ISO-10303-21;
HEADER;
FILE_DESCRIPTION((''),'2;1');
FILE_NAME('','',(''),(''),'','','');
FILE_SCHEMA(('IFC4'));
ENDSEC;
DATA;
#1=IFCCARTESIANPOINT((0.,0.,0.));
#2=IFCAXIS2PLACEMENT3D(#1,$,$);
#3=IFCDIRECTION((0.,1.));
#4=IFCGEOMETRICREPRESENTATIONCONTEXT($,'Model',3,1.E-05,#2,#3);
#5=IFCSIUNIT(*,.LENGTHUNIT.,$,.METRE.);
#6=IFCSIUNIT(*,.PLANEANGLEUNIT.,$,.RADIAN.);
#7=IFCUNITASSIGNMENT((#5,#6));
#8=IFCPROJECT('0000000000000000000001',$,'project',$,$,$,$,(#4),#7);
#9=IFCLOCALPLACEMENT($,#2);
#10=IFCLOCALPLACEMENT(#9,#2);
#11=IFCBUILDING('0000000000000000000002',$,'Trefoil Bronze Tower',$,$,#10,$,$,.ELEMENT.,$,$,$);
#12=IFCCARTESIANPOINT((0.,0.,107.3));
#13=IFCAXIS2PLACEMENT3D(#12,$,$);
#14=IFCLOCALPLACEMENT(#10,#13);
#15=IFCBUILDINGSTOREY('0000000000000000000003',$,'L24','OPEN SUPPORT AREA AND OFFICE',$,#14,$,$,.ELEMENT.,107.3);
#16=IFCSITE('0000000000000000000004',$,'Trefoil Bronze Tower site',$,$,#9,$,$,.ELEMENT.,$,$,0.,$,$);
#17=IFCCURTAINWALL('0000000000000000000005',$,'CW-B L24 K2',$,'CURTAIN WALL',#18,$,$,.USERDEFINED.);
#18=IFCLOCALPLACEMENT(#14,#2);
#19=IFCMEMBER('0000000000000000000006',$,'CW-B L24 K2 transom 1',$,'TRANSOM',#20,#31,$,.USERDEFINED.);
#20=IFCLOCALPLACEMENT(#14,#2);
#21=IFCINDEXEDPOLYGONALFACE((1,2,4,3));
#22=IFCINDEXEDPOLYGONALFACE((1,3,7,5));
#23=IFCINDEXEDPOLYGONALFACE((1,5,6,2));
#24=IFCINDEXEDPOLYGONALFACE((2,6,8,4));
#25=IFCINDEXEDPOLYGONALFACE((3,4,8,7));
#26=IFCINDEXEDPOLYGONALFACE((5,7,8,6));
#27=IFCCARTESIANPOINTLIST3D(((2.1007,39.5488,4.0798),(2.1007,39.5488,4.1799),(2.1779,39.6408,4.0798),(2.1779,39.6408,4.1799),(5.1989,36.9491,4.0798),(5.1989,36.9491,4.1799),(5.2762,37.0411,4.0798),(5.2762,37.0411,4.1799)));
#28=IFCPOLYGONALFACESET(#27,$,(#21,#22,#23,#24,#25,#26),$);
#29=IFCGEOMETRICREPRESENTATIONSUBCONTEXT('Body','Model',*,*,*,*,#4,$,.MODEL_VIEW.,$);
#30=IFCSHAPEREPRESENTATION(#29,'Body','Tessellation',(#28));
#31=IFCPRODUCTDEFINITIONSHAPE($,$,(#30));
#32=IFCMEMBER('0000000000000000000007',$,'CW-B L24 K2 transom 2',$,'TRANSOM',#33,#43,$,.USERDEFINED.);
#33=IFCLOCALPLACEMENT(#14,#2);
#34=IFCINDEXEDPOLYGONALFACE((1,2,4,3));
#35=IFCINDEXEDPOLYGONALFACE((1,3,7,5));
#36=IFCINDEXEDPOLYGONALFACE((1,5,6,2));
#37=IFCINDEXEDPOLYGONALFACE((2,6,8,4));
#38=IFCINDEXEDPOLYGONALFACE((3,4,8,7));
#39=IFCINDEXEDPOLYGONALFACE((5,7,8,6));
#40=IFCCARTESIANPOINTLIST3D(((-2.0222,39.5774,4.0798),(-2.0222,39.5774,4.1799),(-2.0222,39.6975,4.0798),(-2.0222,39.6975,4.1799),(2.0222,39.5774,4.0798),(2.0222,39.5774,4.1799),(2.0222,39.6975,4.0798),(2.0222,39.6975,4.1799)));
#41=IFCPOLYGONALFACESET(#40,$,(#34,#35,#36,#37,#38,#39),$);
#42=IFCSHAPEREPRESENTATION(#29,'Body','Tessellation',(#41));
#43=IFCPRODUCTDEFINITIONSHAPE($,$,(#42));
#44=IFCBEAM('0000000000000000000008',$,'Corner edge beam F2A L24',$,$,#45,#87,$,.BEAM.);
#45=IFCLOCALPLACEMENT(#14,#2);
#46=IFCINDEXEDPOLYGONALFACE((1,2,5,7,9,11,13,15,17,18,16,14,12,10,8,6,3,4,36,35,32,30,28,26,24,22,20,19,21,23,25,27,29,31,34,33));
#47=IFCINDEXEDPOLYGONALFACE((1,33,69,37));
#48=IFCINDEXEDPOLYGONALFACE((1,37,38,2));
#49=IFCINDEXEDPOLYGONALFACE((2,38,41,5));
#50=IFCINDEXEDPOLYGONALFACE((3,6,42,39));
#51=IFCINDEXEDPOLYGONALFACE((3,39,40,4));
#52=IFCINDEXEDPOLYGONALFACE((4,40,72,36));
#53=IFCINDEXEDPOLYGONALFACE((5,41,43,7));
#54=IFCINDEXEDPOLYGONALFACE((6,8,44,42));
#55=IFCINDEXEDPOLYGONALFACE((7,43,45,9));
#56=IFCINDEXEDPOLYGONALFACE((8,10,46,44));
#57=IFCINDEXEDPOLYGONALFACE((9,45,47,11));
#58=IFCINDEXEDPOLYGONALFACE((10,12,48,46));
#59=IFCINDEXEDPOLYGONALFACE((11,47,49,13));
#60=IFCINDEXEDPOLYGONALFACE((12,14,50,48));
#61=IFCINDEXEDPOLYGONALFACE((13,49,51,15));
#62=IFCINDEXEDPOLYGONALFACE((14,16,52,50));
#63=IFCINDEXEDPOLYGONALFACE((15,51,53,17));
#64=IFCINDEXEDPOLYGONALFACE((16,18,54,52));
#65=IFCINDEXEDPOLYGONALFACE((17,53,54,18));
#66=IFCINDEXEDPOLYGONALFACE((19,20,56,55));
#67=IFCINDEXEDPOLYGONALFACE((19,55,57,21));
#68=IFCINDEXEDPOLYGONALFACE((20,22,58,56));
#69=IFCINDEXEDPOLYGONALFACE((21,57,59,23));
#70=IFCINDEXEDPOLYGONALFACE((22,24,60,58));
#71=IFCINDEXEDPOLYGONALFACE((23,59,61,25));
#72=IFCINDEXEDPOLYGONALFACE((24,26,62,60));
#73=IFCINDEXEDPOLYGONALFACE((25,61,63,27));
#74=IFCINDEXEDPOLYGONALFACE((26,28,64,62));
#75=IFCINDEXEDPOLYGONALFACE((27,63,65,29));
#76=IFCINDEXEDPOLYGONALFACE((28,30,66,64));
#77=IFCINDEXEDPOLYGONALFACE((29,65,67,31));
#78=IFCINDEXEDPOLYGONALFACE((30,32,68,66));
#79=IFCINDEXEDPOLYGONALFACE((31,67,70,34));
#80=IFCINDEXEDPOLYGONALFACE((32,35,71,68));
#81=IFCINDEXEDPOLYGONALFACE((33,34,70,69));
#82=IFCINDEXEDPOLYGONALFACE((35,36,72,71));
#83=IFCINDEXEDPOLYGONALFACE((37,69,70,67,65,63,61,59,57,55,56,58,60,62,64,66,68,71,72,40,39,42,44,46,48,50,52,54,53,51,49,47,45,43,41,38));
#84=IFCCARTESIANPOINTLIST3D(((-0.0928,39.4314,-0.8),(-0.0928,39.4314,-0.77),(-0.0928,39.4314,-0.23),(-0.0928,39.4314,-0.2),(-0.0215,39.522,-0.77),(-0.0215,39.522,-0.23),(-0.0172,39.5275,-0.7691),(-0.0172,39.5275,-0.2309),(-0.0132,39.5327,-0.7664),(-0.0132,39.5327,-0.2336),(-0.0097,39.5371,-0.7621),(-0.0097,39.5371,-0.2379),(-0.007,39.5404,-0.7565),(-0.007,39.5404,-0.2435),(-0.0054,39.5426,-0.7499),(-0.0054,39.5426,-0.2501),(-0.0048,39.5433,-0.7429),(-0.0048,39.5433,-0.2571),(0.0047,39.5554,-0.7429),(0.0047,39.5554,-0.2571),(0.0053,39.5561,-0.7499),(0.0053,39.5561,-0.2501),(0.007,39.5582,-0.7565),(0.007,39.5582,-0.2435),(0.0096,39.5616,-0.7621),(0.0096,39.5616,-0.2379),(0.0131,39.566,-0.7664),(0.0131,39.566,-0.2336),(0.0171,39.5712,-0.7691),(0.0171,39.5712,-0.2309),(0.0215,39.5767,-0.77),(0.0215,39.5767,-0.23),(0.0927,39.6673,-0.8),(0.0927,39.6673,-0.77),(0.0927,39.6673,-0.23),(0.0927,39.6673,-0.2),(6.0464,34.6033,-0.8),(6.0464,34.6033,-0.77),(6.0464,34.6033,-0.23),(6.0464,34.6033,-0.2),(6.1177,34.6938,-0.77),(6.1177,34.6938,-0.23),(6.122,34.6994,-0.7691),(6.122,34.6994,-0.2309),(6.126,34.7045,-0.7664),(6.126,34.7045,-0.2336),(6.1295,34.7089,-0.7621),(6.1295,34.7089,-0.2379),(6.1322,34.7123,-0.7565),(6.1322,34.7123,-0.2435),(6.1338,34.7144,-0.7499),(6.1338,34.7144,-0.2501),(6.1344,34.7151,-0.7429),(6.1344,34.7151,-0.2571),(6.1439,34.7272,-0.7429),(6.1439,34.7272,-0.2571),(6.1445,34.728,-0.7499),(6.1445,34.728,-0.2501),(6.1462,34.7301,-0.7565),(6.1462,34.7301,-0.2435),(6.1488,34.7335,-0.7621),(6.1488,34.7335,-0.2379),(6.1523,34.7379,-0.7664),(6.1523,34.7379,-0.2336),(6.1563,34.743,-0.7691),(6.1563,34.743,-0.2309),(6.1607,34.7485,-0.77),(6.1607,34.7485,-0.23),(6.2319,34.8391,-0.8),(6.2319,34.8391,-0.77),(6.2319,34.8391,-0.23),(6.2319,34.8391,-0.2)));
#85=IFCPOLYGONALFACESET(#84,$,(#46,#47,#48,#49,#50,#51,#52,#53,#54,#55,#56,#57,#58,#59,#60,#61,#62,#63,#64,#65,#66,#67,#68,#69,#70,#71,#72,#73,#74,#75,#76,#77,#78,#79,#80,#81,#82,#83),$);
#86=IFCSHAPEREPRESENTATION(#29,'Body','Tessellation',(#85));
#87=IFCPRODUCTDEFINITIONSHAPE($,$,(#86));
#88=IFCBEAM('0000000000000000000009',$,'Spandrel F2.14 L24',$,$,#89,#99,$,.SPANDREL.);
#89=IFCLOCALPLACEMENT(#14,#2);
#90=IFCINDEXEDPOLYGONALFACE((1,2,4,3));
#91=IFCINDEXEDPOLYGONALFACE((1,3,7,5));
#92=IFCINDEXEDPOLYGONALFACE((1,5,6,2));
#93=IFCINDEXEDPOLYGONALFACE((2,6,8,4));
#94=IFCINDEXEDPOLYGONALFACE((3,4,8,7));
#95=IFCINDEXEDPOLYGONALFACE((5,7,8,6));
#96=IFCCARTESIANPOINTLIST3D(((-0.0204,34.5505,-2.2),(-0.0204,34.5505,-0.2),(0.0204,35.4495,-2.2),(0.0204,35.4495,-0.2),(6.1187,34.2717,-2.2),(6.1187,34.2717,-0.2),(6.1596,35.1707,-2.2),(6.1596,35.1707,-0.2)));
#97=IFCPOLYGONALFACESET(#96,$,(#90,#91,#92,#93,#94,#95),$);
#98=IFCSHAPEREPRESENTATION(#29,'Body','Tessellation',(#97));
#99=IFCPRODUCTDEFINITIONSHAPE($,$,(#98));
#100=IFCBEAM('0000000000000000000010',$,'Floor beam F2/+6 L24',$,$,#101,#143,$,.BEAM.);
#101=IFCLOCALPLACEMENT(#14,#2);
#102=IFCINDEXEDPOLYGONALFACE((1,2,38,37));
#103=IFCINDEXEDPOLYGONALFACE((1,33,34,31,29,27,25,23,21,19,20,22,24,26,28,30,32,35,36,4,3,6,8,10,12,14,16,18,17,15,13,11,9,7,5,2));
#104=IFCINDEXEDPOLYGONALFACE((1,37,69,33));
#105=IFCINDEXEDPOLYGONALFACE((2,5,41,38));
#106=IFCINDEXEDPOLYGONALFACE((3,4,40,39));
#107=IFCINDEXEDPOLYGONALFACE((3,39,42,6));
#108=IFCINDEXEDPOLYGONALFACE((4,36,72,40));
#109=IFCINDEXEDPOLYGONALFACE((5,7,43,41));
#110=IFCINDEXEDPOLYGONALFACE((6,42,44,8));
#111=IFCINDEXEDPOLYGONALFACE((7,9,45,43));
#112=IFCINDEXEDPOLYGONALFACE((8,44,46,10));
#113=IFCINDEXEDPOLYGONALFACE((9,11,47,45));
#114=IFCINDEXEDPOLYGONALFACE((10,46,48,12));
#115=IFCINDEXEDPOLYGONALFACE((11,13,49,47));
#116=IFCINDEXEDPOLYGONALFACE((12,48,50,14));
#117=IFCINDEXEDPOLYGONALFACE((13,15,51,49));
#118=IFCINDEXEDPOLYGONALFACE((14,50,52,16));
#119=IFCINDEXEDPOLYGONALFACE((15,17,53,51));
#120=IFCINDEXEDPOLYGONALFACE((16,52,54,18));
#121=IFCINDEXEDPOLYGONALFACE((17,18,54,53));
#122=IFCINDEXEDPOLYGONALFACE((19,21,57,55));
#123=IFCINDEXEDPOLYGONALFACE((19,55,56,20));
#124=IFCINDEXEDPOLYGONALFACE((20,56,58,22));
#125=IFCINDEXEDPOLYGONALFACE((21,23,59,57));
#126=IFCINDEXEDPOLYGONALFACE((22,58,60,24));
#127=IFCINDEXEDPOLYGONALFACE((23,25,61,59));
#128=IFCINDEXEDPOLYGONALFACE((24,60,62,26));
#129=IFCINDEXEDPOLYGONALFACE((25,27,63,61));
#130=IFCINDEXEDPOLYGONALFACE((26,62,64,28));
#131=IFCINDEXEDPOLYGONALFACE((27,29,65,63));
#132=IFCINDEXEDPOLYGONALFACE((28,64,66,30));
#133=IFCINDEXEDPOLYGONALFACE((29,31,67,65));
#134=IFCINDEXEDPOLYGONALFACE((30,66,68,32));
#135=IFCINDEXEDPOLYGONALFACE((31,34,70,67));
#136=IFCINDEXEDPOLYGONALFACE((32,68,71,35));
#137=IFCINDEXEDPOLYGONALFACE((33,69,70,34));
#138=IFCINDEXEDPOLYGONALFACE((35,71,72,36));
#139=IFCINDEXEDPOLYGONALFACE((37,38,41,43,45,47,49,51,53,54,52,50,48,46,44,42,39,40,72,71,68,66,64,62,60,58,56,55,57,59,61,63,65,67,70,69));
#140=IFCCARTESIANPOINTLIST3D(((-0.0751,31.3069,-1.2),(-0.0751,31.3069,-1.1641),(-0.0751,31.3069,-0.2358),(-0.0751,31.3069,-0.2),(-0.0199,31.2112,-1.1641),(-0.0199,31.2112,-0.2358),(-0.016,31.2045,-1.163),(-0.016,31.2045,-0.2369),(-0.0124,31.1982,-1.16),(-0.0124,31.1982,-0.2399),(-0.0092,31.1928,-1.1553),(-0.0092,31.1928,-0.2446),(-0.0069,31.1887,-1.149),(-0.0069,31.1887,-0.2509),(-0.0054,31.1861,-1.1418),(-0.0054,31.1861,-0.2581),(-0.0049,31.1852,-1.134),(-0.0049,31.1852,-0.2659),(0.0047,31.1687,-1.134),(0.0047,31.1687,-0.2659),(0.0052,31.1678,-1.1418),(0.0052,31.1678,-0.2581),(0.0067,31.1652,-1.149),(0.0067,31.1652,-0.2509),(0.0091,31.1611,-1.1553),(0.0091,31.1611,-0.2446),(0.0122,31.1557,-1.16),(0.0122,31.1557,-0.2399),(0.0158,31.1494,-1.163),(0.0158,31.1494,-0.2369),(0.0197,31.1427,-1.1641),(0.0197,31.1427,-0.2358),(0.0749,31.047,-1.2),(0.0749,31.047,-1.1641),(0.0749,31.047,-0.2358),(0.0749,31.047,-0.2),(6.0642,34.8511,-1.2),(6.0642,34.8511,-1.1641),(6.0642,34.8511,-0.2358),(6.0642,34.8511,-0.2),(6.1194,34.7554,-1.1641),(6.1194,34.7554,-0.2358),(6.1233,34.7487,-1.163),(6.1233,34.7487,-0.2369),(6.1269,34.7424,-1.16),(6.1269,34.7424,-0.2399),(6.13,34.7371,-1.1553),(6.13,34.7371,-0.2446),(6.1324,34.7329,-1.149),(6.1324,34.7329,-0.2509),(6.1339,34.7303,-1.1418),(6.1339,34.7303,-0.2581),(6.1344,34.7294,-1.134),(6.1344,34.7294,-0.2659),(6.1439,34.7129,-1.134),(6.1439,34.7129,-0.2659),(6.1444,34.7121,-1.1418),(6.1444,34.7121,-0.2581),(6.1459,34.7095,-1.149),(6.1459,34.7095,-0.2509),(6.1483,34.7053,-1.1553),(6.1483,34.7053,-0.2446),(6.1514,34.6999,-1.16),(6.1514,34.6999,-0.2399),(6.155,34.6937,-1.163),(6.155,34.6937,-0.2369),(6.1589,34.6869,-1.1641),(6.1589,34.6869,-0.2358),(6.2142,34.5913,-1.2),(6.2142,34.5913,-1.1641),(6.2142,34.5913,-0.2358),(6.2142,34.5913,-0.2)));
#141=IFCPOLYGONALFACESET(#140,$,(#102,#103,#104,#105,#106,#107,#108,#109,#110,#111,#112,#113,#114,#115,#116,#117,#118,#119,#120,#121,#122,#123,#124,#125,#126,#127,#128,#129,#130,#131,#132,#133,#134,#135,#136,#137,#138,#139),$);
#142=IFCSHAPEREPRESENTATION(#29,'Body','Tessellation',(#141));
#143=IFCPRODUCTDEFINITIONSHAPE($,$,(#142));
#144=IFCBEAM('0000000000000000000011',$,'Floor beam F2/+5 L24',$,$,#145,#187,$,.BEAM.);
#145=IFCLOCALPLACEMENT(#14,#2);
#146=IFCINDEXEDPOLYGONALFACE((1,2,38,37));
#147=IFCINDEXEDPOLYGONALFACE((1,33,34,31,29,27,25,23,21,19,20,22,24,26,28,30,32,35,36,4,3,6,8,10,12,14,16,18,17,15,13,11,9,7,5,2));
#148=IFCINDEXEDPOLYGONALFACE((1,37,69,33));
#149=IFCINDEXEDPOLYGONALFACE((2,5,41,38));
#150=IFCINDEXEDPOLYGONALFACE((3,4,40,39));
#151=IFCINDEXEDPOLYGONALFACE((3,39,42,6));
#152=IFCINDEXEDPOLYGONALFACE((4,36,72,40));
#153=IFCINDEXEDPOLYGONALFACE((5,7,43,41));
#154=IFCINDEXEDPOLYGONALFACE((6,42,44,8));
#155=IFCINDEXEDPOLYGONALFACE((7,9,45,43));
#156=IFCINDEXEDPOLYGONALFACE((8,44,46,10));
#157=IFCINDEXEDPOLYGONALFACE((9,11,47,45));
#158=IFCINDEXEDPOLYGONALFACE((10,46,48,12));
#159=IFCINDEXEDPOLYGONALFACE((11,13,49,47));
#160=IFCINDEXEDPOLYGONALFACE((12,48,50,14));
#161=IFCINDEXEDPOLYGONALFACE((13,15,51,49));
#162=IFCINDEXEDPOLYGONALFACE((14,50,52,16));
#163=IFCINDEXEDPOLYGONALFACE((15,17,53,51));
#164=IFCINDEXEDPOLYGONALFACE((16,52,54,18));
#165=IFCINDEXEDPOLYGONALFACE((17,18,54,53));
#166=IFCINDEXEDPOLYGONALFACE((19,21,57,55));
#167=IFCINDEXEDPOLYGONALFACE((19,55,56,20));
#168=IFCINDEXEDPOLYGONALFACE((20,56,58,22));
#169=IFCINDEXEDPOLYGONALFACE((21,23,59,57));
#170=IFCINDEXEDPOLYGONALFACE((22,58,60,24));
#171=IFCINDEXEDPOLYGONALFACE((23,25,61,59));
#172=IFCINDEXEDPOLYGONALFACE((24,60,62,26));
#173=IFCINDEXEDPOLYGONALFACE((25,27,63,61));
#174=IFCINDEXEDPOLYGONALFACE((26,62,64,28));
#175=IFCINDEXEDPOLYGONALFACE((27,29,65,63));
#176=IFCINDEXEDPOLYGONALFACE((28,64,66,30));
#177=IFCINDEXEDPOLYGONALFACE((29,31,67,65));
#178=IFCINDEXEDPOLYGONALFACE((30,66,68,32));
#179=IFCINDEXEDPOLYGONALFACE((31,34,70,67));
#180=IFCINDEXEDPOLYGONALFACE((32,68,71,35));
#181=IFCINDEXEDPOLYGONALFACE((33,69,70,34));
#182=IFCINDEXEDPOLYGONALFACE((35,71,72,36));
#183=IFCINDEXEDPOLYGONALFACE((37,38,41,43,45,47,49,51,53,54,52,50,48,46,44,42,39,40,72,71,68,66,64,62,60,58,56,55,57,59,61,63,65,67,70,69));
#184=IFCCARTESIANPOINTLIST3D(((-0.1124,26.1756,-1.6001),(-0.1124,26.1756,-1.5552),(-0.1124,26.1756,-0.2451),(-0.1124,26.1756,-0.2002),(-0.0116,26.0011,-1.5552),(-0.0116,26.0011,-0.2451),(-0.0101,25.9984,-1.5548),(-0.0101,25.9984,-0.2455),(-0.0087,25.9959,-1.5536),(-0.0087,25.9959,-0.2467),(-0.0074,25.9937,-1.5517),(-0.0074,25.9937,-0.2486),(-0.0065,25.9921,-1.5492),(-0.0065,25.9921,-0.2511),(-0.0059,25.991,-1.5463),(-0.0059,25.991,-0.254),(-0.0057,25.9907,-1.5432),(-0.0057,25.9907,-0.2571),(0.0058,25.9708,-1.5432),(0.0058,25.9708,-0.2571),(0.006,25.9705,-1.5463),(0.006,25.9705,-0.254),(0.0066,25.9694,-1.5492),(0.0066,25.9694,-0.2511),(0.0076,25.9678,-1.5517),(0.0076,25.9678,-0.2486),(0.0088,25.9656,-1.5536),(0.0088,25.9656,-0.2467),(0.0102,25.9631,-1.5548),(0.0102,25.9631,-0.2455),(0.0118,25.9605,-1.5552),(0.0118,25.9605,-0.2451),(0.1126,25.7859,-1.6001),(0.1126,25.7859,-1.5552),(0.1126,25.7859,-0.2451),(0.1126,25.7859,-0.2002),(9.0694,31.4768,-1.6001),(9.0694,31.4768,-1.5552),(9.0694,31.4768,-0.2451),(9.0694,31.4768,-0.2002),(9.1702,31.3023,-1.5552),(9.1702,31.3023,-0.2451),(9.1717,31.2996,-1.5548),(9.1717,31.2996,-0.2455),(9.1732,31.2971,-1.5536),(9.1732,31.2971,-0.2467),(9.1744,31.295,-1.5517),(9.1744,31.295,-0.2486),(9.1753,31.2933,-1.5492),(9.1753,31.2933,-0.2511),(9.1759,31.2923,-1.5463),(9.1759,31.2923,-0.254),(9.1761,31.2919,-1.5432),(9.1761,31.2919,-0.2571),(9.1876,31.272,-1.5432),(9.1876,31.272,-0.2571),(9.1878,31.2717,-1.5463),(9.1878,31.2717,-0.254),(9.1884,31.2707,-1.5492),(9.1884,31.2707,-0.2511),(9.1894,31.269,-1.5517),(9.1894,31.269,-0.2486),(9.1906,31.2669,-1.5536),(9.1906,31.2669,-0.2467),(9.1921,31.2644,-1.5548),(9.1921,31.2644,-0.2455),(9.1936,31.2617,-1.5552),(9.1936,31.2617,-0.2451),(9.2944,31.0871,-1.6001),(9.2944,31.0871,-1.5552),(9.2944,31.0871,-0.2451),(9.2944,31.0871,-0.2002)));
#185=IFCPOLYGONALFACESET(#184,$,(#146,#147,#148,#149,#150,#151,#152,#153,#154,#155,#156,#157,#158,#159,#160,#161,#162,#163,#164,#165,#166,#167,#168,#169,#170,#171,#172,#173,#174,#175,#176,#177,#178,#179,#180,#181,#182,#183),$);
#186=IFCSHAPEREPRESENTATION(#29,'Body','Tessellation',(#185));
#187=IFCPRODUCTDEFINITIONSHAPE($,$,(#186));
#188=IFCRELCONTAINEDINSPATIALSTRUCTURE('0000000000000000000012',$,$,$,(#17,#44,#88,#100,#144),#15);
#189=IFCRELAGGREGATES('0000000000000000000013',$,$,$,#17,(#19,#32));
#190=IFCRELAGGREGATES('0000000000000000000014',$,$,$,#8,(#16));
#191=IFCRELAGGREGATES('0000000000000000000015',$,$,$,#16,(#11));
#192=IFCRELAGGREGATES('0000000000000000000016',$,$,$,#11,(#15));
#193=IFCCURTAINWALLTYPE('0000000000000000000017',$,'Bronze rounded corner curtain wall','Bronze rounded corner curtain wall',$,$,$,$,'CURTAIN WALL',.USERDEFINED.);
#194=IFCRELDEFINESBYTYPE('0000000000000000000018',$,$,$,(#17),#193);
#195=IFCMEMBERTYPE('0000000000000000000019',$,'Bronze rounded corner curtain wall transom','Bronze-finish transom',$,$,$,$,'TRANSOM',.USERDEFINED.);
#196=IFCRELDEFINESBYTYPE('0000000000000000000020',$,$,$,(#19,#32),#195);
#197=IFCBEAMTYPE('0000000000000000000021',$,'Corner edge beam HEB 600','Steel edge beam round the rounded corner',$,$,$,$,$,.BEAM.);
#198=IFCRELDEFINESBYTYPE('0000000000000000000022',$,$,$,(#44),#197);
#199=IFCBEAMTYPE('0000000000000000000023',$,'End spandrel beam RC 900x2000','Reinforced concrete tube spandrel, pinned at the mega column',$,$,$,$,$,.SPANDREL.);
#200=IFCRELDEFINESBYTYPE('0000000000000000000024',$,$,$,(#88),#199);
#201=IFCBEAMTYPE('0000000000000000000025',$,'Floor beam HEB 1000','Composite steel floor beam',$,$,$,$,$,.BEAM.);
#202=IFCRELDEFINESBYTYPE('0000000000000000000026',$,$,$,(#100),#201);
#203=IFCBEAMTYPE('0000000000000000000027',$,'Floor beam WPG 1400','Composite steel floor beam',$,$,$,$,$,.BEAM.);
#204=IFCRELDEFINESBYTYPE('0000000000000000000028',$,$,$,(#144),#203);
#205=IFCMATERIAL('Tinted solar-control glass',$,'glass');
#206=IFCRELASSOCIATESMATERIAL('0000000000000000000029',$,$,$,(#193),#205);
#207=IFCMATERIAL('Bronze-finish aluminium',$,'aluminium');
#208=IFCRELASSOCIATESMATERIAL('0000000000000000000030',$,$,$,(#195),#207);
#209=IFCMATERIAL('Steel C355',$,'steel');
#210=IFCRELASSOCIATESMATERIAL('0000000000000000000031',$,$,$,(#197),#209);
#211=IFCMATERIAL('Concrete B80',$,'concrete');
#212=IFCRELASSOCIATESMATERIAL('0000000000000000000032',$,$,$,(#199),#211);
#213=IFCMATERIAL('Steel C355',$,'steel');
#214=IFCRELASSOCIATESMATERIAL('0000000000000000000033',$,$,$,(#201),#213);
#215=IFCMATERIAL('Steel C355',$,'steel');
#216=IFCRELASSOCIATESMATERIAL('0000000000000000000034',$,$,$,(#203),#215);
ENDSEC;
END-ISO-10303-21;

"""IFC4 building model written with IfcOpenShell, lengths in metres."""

from ifc_helpers import new_model, si_unit, direction, frame, origin, origin_2d, place, context, subcontext, project, spatial, rectangle, i_section, extrude, material, material_profile, profile_set, type_object, element, aggregate, save


model = new_model("IFC4")

# Units and contexts
model_context = context("Model", 3, precision=1e-05, world=origin(), true_north=direction((0.0, 1.0)))
body_context = subcontext(model_context, "Body", "Model", "MODEL_VIEW")
ifc_project = project(units=[si_unit("LENGTHUNIT", "METRE"), si_unit("PLANEANGLEUNIT", "RADIAN")], contexts=[model_context])

# Site, building, storey
site_placement = place(None, origin())
site = spatial("IfcSite", under=ifc_project, at=site_placement, Name="Trefoil Bronze Tower site", CompositionType="ELEMENT", RefElevation=0.0)
building_placement = place(site_placement, origin())
building = spatial("IfcBuilding", under=site, at=building_placement, Name="Trefoil Bronze Tower", CompositionType="ELEMENT")
storey_placement = place(building_placement, frame((0.0, 0.0, 107.3)))
storey = spatial("IfcBuildingStorey", under=building, at=storey_placement, Name="L24", Description="OPEN SUPPORT AREA AND OFFICE", CompositionType="ELEMENT", Elevation=107.3)

# Curtain wall, members
ifc_material_1 = material(Name="Tinted solar-control glass", Category="glass")
curtain_wall_type_1 = type_object("IfcCurtainWallType", Name="Bronze rounded corner curtain wall", Description="Bronze rounded corner curtain wall", ElementType="CURTAIN WALL", PredefinedType="USERDEFINED", material=ifc_material_1)
curtain_wall_1_placement = place(storey_placement, origin())
curtain_wall_1 = element("IfcCurtainWall", 1, at=curtain_wall_1_placement, inside=storey, type_object=curtain_wall_type_1, Name="CW-B L24 K2", ObjectType="CURTAIN WALL", PredefinedType="USERDEFINED")
ifc_material_2 = material(Name="Bronze-finish aluminium", Category="aluminium")
ifc_material_profile_1 = material_profile(ifc_material_2, rectangle(XDim=0.1201, YDim=0.1001, at=origin_2d()), Name="CW-B transom")
ifc_profile_set_1 = profile_set([ifc_material_profile_1], Name="Bronze-finish aluminium")
member_type_1 = type_object("IfcMemberType", Name="Bronze rounded corner curtain wall transom", Description="Bronze-finish transom", ElementType="TRANSOM", PredefinedType="USERDEFINED", material=ifc_profile_set_1)
member_1_placement = place(storey_placement, frame((5.2375, 36.9951, 4.1299), z_axis=(-0.76605, 0.642781, 0.0), x_axis=(-0.642781, -0.76605, 0.0)))
member_1 = element("IfcMember", 2, at=member_1_placement, type_object=member_type_1, Name="CW-B L24 K2 transom 1", ObjectType="TRANSOM", PredefinedType="USERDEFINED", context=body_context, shape_type="SweptSolid", body=[
    extrude(rectangle(XDim=0.1201, YDim=0.1001, at=origin_2d()), origin(), (0.0, 0.0, 1.0), 4.0444),
])
member_2_placement = place(storey_placement, frame((2.0222, 39.6375, 4.1299), z_axis=(-1.0, 0.0, 0.0), x_axis=(0.0, -1.0, 0.0)))
member_2 = element("IfcMember", 3, at=member_2_placement, type_object=member_type_1, Name="CW-B L24 K2 transom 2", ObjectType="TRANSOM", PredefinedType="USERDEFINED", context=body_context, shape_type="SweptSolid", body=[
    extrude(rectangle(XDim=0.1201, YDim=0.1001, at=origin_2d()), origin(), (0.0, 0.0, 1.0), 4.0444),
])

# Beams
ifc_material_3 = material(Name="Steel C355", Category="steel")
ifc_material_profile_2 = material_profile(ifc_material_3, i_section(OverallWidth=0.3, OverallDepth=0.6001, WebThickness=0.0154, FlangeThickness=0.03, FilletRadius=0.0271, at=origin_2d()), Name="HEB 600")
ifc_profile_set_2 = profile_set([ifc_material_profile_2], Name="Steel C355")
beam_type_1 = type_object("IfcBeamType", Name="Corner edge beam HEB 600", Description="Steel edge beam round the rounded corner", PredefinedType="BEAM", material=ifc_profile_set_2)
beam_1_placement = place(storey_placement, frame((6.1392, 34.7212, -0.5), z_axis=(-0.786038, 0.618178, 0.0), x_axis=(-0.618178, -0.786038, 0.0)))
element("IfcBeam", 4, at=beam_1_placement, inside=storey, type_object=beam_type_1, Name="Corner edge beam F2A L24", PredefinedType="BEAM", context=body_context, shape_type="SweptSolid", body=[
    extrude(i_section(OverallWidth=0.3, OverallDepth=0.6001, WebThickness=0.0154, FlangeThickness=0.03, FilletRadius=0.0271, at=origin_2d()), origin(), (0.0, 0.0, 1.0), 7.8103),
])
ifc_material_4 = material(Name="Concrete B80", Category="concrete")
ifc_material_profile_3 = material_profile(ifc_material_4, rectangle(XDim=0.8999, YDim=2.0, at=origin_2d()), Name="RC 900x2000")
ifc_profile_set_3 = profile_set([ifc_material_profile_3], Name="Concrete B80")
beam_type_2 = type_object("IfcBeamType", Name="End spandrel beam RC 900x2000", Description="Reinforced concrete tube spandrel, pinned at the mega column", PredefinedType="SPANDREL", material=ifc_profile_set_3)
beam_2_placement = place(storey_placement, frame((6.1392, 34.7212, -1.2), z_axis=(-0.99897, 0.045368, 0.0), x_axis=(-0.045368, -0.99897, 0.0)))
element("IfcBeam", 5, at=beam_2_placement, inside=storey, type_object=beam_type_2, Name="Spandrel F2.14 L24", PredefinedType="SPANDREL", context=body_context, shape_type="SweptSolid", body=[
    extrude(rectangle(XDim=0.8999, YDim=2.0, at=origin_2d()), origin(), (0.0, 0.0, 1.0), 6.1455),
])
ifc_material_5 = material(Name="Steel C355", Category="steel")
ifc_material_profile_4 = material_profile(ifc_material_5, i_section(OverallWidth=0.3, OverallDepth=1.0, WebThickness=0.019, FlangeThickness=0.0359, FilletRadius=0.03, at=origin_2d()), Name="HEB 1000")
ifc_profile_set_4 = profile_set([ifc_material_profile_4], Name="Steel C355")
beam_type_3 = type_object("IfcBeamType", Name="Floor beam HEB 1000", Description="Composite steel floor beam", PredefinedType="BEAM", material=ifc_profile_set_4)
beam_3_placement = place(storey_placement, frame((6.1392, 34.7212, -0.7), z_axis=(-0.866041, -0.499973, 0.0), x_axis=(0.499973, -0.866041, 0.0)))
element("IfcBeam", 6, at=beam_3_placement, inside=storey, type_object=beam_type_3, Name="Floor beam F2/+6 L24", PredefinedType="BEAM", context=body_context, shape_type="SweptSolid", body=[
    extrude(i_section(OverallWidth=0.3, OverallDepth=1.0, WebThickness=0.019, FlangeThickness=0.0359, FilletRadius=0.03, at=origin_2d()), origin(), (0.0, 0.0, 1.0), 7.0889),
])
ifc_material_6 = material(Name="Steel C355", Category="steel")
ifc_material_profile_5 = material_profile(ifc_material_6, i_section(OverallWidth=0.45, OverallDepth=1.3999, WebThickness=0.0229, FlangeThickness=0.0449, FilletRadius=0.012, at=origin_2d()), Name="WPG 1400")
ifc_profile_set_5 = profile_set([ifc_material_profile_5], Name="Steel C355")
beam_type_4 = type_object("IfcBeamType", Name="Floor beam WPG 1400", Description="Composite steel floor beam", PredefinedType="BEAM", material=ifc_profile_set_5)
beam_4_placement = place(storey_placement, frame((9.1819, 31.282, -0.9001), z_axis=(-0.866021, -0.500007, 0.0), x_axis=(0.500007, -0.866021, 0.0)))
element("IfcBeam", 7, at=beam_4_placement, inside=storey, type_object=beam_type_4, Name="Floor beam F2/+5 L24", PredefinedType="BEAM", context=body_context, shape_type="SweptSolid", body=[
    extrude(i_section(OverallWidth=0.45, OverallDepth=1.3999, WebThickness=0.0229, FlangeThickness=0.0449, FilletRadius=0.012, at=origin_2d()), origin(), (0.0, 0.0, 1.0), 10.6023),
])

aggregate(curtain_wall_1, [member_1, member_2])

save(model, "model.ifc")
